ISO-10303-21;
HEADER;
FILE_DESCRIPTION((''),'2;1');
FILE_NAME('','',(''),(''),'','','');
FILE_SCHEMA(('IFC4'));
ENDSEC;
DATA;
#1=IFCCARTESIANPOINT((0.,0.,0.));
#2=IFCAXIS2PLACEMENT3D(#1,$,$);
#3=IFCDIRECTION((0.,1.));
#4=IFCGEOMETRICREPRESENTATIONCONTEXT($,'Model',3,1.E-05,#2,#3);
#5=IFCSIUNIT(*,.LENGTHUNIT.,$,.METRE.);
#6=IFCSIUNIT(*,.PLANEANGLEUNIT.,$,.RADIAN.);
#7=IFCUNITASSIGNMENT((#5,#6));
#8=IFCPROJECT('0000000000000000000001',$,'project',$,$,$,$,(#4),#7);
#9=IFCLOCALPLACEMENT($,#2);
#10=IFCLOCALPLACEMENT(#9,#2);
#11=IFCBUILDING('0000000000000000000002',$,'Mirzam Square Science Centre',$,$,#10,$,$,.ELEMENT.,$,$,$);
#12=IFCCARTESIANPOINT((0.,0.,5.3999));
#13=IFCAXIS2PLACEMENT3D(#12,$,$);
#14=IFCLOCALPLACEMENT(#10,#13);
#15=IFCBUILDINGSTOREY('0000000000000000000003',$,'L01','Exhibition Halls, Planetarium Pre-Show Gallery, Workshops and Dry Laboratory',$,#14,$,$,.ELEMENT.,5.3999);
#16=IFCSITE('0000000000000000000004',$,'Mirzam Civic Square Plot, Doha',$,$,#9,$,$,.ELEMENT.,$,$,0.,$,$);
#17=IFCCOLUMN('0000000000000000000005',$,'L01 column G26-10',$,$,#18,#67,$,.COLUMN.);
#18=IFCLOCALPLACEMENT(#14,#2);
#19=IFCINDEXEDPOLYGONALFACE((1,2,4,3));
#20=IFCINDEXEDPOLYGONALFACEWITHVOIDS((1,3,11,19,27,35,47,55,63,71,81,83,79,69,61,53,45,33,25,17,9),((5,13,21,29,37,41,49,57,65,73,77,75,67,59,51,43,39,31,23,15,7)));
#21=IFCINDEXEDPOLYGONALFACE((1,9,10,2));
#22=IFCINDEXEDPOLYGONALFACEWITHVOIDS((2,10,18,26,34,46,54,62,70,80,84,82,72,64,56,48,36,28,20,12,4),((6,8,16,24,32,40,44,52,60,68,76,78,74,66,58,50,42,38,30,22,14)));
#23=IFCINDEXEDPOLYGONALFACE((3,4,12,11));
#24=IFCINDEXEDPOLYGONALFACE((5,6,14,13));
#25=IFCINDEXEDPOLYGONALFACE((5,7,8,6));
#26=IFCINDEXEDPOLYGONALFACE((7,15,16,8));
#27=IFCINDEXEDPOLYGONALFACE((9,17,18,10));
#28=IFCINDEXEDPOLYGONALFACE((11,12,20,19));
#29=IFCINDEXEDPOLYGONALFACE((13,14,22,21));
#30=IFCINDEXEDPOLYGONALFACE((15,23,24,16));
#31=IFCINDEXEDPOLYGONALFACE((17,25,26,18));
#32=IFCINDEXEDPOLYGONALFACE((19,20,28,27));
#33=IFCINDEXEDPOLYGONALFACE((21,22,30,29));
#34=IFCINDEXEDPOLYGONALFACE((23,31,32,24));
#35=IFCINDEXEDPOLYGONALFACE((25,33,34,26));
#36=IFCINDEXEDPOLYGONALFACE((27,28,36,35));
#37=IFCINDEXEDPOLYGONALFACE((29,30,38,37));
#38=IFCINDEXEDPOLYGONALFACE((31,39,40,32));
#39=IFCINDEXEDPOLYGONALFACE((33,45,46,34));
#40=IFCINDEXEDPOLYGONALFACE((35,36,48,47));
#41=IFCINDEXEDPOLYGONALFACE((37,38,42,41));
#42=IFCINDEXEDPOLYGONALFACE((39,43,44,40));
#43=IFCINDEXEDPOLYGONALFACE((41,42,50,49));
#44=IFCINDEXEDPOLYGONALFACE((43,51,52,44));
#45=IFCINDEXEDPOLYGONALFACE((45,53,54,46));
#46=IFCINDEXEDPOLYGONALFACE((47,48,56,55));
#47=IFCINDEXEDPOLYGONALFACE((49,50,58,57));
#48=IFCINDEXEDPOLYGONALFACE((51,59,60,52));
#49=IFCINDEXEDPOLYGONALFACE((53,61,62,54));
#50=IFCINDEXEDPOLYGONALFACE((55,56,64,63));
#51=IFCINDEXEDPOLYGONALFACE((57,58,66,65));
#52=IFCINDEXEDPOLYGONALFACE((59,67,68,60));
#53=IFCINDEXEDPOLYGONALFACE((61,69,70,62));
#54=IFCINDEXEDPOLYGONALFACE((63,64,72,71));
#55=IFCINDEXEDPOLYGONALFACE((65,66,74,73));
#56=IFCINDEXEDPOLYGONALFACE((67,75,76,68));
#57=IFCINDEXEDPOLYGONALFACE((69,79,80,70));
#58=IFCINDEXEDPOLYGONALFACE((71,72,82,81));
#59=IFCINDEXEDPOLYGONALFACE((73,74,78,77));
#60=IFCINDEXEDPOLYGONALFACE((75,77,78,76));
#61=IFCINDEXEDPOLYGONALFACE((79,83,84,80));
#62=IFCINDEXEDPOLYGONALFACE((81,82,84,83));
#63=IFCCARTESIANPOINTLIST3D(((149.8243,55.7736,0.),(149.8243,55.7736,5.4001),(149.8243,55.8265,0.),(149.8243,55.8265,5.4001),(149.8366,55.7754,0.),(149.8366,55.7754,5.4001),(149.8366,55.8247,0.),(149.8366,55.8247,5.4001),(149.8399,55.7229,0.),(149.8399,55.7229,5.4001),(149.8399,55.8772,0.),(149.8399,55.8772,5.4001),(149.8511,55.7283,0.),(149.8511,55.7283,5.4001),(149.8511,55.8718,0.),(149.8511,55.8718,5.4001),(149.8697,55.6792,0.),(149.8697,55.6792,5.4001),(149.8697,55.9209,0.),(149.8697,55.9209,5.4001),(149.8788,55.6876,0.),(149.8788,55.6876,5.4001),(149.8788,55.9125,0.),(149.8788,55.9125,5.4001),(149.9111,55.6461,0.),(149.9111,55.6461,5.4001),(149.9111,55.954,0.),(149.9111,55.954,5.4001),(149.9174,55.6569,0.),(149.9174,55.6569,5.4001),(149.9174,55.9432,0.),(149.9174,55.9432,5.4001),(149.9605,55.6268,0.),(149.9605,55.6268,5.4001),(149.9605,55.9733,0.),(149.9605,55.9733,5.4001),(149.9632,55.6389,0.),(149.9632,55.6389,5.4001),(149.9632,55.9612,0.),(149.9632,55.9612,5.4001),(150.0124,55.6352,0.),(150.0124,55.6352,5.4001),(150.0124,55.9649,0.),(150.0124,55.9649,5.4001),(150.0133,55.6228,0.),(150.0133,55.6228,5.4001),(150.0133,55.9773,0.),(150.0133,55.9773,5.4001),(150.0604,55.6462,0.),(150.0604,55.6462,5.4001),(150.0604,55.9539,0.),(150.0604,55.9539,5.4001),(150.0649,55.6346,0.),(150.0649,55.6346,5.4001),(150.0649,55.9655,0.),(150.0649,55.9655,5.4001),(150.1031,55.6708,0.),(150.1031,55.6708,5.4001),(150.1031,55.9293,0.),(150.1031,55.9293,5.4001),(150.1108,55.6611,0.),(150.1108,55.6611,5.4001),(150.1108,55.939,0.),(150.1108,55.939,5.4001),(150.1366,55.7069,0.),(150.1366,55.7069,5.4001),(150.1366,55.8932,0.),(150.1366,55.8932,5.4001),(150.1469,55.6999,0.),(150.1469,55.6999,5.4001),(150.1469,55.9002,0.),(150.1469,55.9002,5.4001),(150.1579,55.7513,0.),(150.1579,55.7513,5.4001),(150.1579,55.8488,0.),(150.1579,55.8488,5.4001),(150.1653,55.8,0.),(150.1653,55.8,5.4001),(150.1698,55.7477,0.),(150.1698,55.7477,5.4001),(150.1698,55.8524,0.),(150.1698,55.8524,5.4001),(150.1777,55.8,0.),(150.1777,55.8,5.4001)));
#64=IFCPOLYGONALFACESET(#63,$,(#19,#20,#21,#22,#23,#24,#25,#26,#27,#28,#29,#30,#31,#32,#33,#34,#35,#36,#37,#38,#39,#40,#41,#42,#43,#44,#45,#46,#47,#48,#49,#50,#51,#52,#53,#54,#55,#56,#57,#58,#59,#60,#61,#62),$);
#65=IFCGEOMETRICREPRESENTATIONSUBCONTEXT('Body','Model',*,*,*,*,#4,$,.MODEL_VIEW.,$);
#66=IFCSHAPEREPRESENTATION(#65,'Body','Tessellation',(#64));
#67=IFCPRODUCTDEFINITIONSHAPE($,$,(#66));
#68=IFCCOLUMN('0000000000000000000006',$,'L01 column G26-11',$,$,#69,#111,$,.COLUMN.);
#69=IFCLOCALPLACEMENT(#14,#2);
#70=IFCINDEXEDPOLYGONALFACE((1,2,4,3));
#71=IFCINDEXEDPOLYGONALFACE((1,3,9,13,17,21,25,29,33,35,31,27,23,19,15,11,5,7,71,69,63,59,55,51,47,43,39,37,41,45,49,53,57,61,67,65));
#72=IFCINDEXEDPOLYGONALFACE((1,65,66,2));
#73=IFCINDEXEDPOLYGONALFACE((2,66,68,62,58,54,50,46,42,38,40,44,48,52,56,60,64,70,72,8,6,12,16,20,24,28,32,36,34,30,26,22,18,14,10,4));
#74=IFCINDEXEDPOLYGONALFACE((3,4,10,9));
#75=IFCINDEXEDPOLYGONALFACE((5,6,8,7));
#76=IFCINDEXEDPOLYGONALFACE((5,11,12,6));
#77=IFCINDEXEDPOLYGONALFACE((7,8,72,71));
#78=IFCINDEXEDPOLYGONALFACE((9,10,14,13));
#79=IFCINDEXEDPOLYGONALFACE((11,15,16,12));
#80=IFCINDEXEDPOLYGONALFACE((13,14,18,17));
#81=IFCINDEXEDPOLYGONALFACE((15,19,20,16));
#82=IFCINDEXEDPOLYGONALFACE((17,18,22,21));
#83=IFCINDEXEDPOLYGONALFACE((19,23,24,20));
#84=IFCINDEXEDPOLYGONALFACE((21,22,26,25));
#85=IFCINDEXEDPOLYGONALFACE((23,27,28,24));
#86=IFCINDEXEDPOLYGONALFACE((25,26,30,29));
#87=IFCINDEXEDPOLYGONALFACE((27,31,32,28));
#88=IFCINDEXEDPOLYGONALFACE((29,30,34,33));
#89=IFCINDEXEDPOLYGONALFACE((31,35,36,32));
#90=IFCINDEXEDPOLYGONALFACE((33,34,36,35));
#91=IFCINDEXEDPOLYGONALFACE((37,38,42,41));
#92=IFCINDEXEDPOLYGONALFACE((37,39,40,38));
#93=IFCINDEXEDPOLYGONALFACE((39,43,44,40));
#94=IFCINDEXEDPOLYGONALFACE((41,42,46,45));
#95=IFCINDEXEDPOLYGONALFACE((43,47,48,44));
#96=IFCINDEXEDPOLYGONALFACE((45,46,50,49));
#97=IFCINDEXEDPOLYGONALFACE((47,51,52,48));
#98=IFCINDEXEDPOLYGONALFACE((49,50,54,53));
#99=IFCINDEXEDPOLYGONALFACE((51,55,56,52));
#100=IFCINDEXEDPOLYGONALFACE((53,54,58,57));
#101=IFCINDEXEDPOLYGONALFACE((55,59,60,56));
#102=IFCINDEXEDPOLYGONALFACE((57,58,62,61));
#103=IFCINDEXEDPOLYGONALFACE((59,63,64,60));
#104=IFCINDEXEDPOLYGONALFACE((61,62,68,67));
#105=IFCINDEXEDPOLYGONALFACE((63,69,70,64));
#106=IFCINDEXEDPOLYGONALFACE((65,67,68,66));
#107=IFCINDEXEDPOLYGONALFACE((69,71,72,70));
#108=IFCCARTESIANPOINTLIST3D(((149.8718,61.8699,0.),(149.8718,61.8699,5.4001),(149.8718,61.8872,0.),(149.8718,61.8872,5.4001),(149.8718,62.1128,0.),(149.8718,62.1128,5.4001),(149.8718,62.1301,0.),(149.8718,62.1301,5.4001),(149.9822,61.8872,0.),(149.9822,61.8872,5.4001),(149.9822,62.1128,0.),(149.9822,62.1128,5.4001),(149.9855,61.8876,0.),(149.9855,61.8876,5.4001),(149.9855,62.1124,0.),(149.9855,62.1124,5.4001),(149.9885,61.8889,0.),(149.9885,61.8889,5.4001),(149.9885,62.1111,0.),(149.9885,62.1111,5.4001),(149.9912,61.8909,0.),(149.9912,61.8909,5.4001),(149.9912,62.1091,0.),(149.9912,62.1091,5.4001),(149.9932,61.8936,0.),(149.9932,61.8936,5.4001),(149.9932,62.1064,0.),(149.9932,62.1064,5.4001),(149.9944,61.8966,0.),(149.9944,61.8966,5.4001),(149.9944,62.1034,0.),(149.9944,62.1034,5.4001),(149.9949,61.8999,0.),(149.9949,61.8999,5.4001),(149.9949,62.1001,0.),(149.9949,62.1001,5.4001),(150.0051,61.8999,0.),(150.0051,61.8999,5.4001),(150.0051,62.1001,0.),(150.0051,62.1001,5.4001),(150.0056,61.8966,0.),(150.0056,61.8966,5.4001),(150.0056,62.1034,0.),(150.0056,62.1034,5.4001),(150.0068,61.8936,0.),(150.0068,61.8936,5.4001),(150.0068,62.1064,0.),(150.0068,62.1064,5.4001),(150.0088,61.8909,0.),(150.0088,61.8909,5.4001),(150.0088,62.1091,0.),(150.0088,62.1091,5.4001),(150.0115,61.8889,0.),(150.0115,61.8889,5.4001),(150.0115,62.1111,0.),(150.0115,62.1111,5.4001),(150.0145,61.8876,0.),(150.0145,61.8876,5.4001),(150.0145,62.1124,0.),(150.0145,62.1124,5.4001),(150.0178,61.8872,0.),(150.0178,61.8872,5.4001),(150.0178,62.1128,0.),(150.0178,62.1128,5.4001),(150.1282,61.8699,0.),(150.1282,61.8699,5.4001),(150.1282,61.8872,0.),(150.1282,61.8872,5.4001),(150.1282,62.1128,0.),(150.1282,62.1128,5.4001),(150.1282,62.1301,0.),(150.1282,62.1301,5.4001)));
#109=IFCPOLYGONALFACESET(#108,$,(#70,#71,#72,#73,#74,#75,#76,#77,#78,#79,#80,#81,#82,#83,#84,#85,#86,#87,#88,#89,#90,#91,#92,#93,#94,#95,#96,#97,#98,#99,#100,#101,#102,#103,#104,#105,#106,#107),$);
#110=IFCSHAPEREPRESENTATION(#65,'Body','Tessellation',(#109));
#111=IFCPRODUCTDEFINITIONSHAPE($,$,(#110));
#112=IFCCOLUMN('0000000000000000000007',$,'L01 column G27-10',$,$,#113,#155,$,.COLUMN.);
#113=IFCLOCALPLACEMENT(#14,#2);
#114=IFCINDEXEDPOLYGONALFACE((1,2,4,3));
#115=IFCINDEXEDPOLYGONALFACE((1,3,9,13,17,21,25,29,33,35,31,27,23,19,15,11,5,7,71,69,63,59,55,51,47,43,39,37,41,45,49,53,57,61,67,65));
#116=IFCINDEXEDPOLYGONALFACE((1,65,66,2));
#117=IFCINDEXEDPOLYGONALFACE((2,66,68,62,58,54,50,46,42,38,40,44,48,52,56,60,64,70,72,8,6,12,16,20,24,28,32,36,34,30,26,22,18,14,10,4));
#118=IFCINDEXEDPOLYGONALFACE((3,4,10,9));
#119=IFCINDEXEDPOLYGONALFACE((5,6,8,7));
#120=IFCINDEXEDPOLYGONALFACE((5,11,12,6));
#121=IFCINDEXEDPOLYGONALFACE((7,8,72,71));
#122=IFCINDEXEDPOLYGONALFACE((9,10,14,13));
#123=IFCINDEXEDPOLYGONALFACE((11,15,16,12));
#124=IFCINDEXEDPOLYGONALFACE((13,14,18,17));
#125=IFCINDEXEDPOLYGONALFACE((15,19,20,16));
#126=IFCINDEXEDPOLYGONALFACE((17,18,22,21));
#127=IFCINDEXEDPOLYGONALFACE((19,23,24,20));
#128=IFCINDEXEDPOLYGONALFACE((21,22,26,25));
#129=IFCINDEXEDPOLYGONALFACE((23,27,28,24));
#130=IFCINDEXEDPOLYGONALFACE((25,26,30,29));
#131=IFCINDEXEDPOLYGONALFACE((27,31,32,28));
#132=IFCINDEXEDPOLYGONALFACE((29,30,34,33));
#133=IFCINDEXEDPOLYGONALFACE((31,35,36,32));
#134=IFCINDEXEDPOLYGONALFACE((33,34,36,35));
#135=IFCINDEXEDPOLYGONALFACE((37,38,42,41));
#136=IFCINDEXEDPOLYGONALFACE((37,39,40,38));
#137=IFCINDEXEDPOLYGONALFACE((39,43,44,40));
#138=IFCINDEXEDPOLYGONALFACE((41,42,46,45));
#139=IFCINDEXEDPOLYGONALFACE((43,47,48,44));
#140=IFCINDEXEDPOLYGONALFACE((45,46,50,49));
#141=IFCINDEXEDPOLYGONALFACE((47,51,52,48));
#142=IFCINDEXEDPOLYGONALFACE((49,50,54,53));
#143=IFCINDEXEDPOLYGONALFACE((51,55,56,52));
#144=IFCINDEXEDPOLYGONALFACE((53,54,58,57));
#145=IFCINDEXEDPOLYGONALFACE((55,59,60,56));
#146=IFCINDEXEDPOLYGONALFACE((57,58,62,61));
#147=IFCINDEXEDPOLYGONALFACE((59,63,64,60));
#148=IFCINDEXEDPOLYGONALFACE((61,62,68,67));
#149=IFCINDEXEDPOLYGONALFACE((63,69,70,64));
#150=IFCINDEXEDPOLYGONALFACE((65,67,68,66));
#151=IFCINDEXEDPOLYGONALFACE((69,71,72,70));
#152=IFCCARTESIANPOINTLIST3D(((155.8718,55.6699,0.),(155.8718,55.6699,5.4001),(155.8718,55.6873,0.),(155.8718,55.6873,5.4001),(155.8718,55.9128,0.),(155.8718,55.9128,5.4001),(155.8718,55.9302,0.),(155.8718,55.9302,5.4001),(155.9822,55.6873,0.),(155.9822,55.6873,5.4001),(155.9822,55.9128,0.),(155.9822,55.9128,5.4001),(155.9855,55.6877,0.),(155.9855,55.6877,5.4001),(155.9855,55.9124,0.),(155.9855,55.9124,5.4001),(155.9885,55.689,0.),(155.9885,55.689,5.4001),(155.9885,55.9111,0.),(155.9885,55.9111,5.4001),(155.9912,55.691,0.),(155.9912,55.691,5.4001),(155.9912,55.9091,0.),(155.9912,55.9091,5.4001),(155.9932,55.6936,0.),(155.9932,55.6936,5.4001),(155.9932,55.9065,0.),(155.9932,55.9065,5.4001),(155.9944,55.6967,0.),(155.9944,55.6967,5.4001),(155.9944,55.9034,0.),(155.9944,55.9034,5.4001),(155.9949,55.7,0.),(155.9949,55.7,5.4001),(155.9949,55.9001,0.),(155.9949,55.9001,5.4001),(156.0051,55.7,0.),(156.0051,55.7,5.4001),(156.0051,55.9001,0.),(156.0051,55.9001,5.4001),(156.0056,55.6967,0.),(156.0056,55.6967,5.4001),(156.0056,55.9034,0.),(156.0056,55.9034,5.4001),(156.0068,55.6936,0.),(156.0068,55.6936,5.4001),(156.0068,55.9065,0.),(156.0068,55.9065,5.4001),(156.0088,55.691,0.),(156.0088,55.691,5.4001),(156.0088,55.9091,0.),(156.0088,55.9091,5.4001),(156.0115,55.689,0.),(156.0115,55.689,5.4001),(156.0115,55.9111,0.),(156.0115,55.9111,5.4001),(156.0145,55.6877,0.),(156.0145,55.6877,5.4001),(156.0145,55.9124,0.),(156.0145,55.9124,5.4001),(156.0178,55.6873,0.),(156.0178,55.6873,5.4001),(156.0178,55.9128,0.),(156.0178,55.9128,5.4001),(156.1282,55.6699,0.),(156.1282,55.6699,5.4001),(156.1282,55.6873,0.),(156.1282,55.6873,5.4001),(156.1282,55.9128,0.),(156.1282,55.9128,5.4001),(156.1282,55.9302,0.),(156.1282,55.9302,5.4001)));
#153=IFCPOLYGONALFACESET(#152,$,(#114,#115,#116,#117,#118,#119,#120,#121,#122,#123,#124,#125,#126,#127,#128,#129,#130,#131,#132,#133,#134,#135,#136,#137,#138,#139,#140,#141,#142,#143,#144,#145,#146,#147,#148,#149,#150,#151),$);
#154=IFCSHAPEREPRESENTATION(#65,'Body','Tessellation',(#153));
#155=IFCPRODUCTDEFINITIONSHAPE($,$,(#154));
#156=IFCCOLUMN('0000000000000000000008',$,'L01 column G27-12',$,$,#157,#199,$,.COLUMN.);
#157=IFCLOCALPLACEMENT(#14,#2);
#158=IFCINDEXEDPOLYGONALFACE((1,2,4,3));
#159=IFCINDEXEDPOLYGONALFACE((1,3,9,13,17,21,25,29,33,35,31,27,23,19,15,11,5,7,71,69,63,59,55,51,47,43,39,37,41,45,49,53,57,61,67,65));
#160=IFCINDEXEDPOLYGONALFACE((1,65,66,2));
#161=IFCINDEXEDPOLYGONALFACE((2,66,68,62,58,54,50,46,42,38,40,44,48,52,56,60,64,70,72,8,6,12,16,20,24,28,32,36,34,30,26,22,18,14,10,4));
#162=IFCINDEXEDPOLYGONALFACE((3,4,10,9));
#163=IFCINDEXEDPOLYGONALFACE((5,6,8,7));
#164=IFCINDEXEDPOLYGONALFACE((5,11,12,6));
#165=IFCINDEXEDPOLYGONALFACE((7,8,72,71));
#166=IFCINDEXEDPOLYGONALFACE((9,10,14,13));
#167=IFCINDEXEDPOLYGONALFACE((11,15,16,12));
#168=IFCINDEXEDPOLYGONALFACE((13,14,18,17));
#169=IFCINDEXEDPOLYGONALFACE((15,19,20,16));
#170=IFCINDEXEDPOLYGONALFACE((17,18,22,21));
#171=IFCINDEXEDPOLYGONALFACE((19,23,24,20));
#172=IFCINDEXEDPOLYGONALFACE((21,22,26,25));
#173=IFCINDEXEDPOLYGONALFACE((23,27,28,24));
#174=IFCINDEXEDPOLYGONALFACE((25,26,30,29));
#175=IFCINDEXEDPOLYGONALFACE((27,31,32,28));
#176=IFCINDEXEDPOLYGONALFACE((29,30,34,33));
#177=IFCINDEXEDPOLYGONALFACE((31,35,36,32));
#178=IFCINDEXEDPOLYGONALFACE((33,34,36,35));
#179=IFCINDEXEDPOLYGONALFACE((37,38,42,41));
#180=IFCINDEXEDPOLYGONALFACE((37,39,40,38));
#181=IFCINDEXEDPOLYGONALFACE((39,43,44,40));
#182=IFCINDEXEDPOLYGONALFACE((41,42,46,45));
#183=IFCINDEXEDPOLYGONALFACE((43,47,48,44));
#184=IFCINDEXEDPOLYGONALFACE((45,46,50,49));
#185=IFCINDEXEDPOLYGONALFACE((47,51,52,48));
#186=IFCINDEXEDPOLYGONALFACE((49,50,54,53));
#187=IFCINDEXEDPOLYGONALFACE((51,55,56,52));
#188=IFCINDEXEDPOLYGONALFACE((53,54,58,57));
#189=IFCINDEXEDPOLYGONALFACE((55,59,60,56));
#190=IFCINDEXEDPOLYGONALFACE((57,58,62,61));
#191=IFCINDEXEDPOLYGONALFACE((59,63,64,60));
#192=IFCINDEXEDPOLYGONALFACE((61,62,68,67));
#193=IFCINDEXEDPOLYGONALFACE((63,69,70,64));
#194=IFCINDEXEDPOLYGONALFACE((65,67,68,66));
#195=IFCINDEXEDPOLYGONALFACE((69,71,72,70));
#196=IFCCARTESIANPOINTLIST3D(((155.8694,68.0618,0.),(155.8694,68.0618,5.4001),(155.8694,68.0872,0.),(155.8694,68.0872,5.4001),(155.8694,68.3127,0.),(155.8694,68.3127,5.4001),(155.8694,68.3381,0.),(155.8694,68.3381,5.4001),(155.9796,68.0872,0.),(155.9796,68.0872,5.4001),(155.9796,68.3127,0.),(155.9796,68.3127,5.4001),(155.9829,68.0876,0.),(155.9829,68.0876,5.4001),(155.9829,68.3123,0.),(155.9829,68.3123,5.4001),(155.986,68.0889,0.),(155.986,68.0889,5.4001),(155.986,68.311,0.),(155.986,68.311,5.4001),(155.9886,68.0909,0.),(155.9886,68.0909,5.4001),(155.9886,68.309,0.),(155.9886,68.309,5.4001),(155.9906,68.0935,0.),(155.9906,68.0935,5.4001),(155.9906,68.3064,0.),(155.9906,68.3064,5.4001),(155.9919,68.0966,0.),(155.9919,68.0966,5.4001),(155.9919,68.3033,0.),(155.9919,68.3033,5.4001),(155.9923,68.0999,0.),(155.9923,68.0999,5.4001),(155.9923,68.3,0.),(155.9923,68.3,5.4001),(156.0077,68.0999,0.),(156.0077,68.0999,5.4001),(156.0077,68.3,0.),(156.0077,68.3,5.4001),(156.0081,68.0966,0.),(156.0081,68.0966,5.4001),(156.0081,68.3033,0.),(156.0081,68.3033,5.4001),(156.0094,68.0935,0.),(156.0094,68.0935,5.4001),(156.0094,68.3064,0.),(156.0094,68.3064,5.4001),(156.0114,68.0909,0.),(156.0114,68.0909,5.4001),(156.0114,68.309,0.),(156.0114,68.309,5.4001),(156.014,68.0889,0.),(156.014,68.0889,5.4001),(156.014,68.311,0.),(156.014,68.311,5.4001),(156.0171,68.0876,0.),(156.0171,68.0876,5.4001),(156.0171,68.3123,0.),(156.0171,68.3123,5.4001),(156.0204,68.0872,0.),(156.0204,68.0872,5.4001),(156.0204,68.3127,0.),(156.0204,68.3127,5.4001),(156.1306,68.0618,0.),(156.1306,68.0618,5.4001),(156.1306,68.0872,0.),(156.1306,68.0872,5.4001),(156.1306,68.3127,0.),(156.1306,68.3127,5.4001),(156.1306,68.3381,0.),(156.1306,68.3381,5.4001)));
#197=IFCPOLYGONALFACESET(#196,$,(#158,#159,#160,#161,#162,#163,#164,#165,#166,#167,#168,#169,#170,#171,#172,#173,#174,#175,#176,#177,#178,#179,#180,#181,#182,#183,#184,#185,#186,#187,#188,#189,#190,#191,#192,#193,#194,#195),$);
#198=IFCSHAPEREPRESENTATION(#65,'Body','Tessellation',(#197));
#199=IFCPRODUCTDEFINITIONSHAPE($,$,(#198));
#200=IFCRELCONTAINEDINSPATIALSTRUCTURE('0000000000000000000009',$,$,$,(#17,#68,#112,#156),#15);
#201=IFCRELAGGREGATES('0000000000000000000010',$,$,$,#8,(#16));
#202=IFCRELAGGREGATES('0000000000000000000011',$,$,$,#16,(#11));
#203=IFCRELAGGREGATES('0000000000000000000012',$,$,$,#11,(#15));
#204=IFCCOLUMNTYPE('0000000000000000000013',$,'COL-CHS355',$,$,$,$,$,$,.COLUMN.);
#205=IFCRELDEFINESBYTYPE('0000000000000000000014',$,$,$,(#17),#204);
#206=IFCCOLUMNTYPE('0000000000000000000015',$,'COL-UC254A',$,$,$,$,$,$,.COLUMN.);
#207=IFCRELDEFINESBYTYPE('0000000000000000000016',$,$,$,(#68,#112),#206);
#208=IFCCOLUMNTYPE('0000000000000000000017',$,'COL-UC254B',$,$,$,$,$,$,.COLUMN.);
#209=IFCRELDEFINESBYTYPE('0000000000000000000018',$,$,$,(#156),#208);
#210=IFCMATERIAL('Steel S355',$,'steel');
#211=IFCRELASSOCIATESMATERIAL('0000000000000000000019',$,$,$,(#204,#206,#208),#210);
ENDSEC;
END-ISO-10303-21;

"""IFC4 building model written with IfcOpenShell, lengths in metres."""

from ifc_helpers import new_model, si_unit, direction, frame, origin, origin_2d, place, context, subcontext, project, spatial, hollow_circle, i_section, extrude, material, material_profile, profile_set, type_object, element, save


model = new_model("IFC4")

# Units and contexts
model_context = context("Model", 3, precision=1e-05, world=origin(), true_north=direction((0.0, 1.0)))
body_context = subcontext(model_context, "Body", "Model", "MODEL_VIEW")
ifc_project = project(units=[si_unit("LENGTHUNIT", "METRE"), si_unit("PLANEANGLEUNIT", "RADIAN")], contexts=[model_context])

# Site, building, storey
site_placement = place(None, origin())
site = spatial("IfcSite", under=ifc_project, at=site_placement, Name="Mirzam Civic Square Plot, Doha", CompositionType="ELEMENT", RefElevation=0.0)
building_placement = place(site_placement, origin())
building = spatial("IfcBuilding", under=site, at=building_placement, Name="Mirzam Square Science Centre", CompositionType="ELEMENT")
storey_placement = place(building_placement, frame((0.0, 0.0, 5.3999)))
storey = spatial("IfcBuildingStorey", under=building, at=storey_placement, Name="L01", Description="Exhibition Halls, Planetarium Pre-Show Gallery, Workshops and Dry Laboratory", CompositionType="ELEMENT", Elevation=5.3999)

# Columns
ifc_material_1 = material(Name="Steel S355", Category="steel")
ifc_material_profile_1 = material_profile(ifc_material_1, hollow_circle(Radius=0.1777, WallThickness=0.0125, at=origin_2d()), Name="355.6x12.5CHS")
ifc_profile_set_1 = profile_set([ifc_material_profile_1], Name="Steel S355")
column_type_1 = type_object("IfcColumnType", Name="COL-CHS355", PredefinedType="COLUMN", material=ifc_profile_set_1)
column_1_placement = place(storey_placement, frame((150.0, 55.8, 0.0), z_axis=(0.0, 0.0, 1.0), x_axis=(1.0, 0.0, 0.0)))
element("IfcColumn", 1, at=column_1_placement, inside=storey, type_object=column_type_1, Name="L01 column G26-10", PredefinedType="COLUMN", context=body_context, shape_type="SweptSolid", body=[
    extrude(hollow_circle(Radius=0.1777, WallThickness=0.0125, at=origin_2d()), origin(), (0.0, 0.0, 1.0), 5.4001),
])
ifc_material_profile_2 = material_profile(ifc_material_1, i_section(OverallWidth=0.2563, OverallDepth=0.2603, WebThickness=0.0103, FlangeThickness=0.0173, FilletRadius=0.0127, at=origin_2d()), Name="254x254x89UC")
ifc_profile_set_2 = profile_set([ifc_material_profile_2], Name="Steel S355")
column_type_2 = type_object("IfcColumnType", Name="COL-UC254A", PredefinedType="COLUMN", material=ifc_profile_set_2)
for number, where, z_axis, x_axis, name in (
    (2, (150.0, 62.0, 0.0), (0.0, 0.0, 1.0), (1.0, 0.0, 0.0), "L01 column G26-11"),
    (3, (156.0, 55.8, 0.0), (0.0, 0.0, 1.0), (1.0, 0.0, 0.0), "L01 column G27-10"),
):
    element("IfcColumn", number, at=place(storey_placement, frame(where, z_axis=z_axis, x_axis=x_axis)), inside=storey, type_object=column_type_2, Name=name, PredefinedType="COLUMN", context=body_context, shape_type="SweptSolid", body=[
        extrude(i_section(OverallWidth=0.2563, OverallDepth=0.2603, WebThickness=0.0103, FlangeThickness=0.0173, FilletRadius=0.0127, at=origin_2d()), origin(), (0.0, 0.0, 1.0), 5.4001),
    ])
ifc_material_profile_3 = material_profile(ifc_material_1, i_section(OverallWidth=0.2612, OverallDepth=0.2764, WebThickness=0.0154, FlangeThickness=0.0254, FilletRadius=0.0127, at=origin_2d()), Name="254x254x132UC")
ifc_profile_set_3 = profile_set([ifc_material_profile_3], Name="Steel S355")
column_type_3 = type_object("IfcColumnType", Name="COL-UC254B", PredefinedType="COLUMN", material=ifc_profile_set_3)
column_2_placement = place(storey_placement, frame((156.0, 68.2, 0.0), z_axis=(0.0, 0.0, 1.0), x_axis=(1.0, 0.0, 0.0)))
element("IfcColumn", 4, at=column_2_placement, inside=storey, type_object=column_type_3, Name="L01 column G27-12", PredefinedType="COLUMN", context=body_context, shape_type="SweptSolid", body=[
    extrude(i_section(OverallWidth=0.2612, OverallDepth=0.2764, WebThickness=0.0154, FlangeThickness=0.0254, FilletRadius=0.0127, at=origin_2d()), origin(), (0.0, 0.0, 1.0), 5.4001),
])

save(model, "model.ifc")
